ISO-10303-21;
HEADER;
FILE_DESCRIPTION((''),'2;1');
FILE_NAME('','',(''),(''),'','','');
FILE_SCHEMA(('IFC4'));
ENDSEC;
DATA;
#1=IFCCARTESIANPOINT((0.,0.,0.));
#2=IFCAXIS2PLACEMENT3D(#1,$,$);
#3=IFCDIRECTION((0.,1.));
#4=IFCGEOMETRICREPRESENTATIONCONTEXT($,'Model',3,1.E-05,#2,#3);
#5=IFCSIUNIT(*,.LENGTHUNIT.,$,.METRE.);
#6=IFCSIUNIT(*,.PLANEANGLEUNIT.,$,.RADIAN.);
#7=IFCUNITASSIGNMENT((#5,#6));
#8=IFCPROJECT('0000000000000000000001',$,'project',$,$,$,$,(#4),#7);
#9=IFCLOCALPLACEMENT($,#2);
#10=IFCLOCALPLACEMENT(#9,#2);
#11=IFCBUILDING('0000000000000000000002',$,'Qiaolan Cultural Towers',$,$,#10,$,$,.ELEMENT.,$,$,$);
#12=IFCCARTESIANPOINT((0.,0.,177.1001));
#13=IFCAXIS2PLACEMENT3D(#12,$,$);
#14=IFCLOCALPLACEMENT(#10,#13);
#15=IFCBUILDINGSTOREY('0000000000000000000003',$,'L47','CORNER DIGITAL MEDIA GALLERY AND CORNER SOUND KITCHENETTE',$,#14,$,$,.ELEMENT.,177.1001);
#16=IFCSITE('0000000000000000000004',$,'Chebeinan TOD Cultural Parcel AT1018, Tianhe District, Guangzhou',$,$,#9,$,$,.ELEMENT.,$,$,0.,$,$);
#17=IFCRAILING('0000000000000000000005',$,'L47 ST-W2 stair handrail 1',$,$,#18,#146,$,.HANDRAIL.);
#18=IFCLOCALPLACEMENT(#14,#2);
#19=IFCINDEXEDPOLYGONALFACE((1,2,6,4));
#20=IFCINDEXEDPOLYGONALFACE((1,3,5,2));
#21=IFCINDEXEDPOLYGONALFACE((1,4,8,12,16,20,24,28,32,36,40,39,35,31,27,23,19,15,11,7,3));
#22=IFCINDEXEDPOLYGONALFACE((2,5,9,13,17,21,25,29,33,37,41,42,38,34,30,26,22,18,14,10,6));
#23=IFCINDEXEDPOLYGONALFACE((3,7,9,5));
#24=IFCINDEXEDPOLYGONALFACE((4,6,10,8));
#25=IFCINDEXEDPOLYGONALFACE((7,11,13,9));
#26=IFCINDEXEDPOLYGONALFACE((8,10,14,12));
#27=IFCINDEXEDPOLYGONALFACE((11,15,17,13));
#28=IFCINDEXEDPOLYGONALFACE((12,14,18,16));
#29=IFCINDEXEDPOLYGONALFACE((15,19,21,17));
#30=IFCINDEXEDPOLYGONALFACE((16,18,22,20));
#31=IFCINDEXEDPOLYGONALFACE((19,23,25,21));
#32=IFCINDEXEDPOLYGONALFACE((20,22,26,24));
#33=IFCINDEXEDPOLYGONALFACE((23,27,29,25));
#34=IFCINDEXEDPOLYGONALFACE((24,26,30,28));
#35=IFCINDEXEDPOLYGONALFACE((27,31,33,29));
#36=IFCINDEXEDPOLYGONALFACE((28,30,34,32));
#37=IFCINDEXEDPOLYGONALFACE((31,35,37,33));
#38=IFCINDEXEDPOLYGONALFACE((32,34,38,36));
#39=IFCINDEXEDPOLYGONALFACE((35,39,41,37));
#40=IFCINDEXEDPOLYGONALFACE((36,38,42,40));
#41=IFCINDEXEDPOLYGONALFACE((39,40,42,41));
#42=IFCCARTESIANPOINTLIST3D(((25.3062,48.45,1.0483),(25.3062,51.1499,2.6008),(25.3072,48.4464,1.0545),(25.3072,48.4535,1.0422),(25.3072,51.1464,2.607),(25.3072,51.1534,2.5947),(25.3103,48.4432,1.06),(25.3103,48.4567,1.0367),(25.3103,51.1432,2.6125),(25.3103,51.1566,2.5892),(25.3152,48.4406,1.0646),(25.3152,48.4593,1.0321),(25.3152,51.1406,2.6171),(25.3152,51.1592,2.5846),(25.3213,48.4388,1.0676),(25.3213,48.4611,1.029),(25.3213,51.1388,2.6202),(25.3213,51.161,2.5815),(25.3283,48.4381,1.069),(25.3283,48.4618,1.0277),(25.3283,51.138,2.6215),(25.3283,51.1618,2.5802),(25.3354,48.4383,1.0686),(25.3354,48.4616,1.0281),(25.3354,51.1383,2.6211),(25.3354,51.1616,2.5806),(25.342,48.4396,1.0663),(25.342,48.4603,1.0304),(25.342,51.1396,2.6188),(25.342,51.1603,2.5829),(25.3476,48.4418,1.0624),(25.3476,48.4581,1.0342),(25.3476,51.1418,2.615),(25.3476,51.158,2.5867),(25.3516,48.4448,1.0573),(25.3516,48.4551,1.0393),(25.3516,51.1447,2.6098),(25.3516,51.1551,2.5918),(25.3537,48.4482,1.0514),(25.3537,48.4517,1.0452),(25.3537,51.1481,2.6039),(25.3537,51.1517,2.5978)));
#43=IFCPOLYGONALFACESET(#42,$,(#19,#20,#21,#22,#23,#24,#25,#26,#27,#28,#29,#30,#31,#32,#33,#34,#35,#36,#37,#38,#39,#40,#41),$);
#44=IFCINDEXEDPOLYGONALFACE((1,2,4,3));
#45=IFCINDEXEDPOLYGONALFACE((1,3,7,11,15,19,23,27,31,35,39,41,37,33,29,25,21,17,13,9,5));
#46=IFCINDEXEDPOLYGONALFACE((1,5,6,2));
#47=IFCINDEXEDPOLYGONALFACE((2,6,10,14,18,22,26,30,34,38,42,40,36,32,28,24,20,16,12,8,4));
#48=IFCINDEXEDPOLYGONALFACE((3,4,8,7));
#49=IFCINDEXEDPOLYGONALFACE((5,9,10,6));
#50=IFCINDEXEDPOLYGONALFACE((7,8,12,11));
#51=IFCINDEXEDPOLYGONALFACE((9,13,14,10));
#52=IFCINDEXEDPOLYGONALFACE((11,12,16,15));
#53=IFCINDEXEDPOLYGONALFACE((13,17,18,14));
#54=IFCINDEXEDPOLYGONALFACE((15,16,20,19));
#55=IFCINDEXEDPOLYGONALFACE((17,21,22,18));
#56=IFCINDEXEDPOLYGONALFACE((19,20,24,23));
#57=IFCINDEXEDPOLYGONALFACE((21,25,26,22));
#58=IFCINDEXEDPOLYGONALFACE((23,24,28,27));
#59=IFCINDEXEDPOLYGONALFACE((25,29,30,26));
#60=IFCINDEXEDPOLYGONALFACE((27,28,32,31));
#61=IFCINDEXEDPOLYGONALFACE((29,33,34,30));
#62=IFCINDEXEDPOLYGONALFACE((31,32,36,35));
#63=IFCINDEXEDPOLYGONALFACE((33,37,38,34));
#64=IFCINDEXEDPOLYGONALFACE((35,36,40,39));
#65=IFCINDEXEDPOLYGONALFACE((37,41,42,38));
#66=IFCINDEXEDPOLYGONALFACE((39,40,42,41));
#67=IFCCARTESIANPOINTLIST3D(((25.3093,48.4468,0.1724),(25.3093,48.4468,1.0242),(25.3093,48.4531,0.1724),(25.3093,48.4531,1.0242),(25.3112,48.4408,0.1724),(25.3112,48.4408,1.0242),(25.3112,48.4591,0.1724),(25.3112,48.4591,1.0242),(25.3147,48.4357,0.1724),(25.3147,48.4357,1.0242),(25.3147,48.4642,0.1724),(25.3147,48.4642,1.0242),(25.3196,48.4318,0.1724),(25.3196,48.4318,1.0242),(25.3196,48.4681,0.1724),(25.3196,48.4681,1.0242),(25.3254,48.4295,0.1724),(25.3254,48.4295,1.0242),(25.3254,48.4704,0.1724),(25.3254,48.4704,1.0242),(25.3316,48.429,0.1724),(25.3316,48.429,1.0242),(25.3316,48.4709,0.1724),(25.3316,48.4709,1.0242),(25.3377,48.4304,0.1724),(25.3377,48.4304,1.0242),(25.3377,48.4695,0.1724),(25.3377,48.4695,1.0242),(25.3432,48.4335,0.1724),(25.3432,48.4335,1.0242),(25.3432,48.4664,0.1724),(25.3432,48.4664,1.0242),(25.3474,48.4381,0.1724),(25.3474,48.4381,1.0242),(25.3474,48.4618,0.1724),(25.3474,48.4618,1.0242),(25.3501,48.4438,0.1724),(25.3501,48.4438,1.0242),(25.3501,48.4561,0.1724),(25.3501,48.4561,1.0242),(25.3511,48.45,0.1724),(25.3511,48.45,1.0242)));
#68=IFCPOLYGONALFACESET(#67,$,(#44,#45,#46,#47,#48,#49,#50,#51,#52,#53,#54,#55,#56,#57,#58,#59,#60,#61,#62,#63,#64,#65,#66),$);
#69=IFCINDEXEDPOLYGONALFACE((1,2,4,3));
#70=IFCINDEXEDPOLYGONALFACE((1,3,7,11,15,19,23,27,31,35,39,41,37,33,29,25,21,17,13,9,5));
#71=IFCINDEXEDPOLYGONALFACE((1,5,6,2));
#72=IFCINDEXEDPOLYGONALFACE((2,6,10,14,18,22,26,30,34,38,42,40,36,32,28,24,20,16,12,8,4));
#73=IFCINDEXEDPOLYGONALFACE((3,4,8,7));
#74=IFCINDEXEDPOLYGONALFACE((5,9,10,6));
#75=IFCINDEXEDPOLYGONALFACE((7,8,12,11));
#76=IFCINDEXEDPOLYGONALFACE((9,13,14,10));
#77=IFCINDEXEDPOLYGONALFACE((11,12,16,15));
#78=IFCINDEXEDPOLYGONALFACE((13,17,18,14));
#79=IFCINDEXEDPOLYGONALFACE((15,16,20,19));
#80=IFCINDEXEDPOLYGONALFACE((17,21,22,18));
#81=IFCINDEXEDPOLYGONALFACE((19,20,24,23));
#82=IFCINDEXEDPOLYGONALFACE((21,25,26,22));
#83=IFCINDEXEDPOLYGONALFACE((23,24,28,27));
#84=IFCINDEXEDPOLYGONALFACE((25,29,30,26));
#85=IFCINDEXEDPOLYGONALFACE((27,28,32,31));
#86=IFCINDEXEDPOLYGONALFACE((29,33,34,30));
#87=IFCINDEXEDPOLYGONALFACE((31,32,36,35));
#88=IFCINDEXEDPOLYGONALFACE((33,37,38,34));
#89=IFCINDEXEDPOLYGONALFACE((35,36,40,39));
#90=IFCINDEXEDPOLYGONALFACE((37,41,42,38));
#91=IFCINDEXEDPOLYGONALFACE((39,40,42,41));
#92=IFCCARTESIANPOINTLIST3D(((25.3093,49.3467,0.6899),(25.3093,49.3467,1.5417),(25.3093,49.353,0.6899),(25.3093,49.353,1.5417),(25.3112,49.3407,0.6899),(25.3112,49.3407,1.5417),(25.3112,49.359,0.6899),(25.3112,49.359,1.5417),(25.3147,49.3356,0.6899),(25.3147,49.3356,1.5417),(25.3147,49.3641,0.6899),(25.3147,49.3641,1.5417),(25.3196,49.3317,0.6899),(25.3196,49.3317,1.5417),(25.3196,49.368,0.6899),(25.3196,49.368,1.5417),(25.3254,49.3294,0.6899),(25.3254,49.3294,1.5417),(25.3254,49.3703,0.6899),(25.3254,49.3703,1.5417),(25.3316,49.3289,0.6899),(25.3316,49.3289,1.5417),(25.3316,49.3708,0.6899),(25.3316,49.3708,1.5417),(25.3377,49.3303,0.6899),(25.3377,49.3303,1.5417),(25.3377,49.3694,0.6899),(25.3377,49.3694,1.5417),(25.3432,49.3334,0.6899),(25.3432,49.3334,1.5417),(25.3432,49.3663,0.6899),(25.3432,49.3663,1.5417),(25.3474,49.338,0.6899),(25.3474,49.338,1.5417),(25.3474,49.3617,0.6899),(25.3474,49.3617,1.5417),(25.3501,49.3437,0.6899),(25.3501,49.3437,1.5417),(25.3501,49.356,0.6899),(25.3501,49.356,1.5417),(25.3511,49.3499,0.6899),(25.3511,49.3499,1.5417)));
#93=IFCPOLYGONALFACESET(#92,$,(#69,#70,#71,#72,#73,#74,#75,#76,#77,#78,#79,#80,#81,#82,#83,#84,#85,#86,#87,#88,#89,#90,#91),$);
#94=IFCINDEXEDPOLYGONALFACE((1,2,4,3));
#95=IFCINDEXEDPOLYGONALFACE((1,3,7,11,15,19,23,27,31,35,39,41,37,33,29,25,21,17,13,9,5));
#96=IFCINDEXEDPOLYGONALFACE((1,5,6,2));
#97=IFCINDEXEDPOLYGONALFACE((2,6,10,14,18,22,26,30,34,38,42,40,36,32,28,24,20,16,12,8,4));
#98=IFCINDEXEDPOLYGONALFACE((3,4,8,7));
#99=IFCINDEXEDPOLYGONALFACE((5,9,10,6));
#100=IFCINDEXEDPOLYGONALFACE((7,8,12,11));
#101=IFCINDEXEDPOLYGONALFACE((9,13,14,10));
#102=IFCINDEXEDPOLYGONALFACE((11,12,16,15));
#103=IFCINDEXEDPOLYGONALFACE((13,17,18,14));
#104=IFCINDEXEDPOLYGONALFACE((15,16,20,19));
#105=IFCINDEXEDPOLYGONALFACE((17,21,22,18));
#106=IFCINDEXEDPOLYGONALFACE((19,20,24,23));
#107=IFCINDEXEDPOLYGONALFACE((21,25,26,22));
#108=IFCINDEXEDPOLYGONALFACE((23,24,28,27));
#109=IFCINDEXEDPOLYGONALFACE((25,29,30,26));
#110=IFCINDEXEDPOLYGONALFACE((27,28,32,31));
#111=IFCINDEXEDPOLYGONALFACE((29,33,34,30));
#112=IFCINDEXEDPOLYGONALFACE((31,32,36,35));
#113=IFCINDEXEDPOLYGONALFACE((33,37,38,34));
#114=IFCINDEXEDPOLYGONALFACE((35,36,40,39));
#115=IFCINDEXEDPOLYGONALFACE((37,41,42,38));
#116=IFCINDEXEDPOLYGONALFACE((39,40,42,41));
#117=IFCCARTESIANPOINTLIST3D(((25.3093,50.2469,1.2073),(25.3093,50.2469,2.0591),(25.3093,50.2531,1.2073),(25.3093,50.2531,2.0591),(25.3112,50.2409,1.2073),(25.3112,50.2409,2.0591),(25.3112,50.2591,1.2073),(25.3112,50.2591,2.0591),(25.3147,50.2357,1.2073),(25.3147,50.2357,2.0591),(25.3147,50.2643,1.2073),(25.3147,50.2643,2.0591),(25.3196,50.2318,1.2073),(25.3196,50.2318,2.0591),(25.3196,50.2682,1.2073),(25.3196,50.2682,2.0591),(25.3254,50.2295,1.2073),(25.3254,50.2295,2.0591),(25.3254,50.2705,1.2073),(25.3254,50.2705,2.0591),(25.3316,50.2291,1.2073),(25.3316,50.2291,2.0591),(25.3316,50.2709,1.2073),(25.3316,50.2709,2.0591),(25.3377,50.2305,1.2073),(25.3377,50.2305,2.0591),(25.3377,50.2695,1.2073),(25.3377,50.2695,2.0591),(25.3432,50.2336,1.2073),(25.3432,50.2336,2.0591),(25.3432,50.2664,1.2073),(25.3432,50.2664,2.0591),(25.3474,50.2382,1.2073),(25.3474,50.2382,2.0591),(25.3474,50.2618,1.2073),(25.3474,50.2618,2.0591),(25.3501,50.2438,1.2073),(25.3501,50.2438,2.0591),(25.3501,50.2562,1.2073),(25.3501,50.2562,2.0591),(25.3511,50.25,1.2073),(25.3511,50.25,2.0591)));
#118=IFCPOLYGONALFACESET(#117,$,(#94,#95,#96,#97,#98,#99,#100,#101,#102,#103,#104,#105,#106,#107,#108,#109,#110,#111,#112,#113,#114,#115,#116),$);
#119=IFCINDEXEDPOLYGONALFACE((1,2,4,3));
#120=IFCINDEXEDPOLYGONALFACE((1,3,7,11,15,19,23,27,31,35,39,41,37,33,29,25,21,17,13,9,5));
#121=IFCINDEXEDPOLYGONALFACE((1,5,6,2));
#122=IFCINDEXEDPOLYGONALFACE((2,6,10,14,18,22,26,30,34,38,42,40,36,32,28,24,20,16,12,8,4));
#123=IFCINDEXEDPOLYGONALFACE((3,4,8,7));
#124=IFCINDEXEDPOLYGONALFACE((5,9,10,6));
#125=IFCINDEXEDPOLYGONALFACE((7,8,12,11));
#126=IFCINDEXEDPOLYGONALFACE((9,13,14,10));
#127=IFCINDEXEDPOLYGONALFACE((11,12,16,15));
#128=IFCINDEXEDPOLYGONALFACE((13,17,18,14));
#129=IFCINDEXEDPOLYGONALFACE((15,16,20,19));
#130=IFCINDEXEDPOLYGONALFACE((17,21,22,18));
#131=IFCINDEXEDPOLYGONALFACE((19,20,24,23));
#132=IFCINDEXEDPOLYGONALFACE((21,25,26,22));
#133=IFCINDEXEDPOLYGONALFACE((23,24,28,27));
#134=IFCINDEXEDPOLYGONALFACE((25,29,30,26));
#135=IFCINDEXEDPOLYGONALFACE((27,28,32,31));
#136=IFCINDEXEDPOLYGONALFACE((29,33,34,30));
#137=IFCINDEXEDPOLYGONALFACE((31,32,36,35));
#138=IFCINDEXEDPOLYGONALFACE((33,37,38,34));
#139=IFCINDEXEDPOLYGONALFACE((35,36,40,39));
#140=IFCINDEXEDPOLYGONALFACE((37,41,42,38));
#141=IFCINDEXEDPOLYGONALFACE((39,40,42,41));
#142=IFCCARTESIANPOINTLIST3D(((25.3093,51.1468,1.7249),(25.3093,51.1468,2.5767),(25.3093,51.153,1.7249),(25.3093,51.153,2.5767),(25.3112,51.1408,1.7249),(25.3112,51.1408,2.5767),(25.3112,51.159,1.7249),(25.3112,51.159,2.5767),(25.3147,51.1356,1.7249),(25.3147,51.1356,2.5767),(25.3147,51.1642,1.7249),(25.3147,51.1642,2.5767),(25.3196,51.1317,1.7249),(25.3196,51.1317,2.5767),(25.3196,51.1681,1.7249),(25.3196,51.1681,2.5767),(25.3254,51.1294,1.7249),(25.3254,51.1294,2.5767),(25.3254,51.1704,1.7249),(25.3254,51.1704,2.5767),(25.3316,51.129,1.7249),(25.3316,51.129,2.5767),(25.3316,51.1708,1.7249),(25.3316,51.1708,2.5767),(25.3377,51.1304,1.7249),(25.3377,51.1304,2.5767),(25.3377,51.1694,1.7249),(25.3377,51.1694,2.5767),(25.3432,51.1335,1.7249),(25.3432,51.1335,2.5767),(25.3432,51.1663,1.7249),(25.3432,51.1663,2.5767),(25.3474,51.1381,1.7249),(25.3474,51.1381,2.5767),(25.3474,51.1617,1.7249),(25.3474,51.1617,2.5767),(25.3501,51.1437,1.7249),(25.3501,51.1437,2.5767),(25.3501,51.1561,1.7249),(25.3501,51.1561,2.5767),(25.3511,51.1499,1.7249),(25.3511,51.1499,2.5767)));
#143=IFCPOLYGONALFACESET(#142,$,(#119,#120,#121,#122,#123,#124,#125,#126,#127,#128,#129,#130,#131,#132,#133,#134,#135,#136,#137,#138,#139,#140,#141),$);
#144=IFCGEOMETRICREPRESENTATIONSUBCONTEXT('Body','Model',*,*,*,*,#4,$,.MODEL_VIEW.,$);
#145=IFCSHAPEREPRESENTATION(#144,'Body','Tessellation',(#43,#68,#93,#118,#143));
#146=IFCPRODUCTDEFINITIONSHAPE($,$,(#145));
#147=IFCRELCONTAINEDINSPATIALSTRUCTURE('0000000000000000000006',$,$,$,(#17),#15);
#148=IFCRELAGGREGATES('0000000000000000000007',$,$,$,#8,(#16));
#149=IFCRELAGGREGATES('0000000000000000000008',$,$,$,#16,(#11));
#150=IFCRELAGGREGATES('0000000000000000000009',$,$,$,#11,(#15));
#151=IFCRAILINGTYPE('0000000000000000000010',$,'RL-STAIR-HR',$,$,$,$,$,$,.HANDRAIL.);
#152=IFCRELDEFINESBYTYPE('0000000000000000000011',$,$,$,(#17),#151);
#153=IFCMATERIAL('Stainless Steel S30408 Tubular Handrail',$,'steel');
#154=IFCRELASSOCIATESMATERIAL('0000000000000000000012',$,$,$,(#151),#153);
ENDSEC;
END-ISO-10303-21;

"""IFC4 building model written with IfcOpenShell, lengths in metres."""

from ifc_helpers import new_model, si_unit, direction, frame, origin, origin_2d, place, context, subcontext, project, spatial, circle, extrude, material, type_object, element, save


model = new_model("IFC4")

# Units and contexts
model_context = context("Model", 3, precision=1e-05, world=origin(), true_north=direction((0.0, 1.0)))
body_context = subcontext(model_context, "Body", "Model", "MODEL_VIEW")
ifc_project = project(units=[si_unit("LENGTHUNIT", "METRE"), si_unit("PLANEANGLEUNIT", "RADIAN")], contexts=[model_context])

# Site, building, storey
site_placement = place(None, origin())
site = spatial("IfcSite", under=ifc_project, at=site_placement, Name="Chebeinan TOD Cultural Parcel AT1018, Tianhe District, Guangzhou", CompositionType="ELEMENT", RefElevation=0.0)
building_placement = place(site_placement, origin())
building = spatial("IfcBuilding", under=site, at=building_placement, Name="Qiaolan Cultural Towers", CompositionType="ELEMENT")
storey_placement = place(building_placement, frame((0.0, 0.0, 177.1001)))
storey = spatial("IfcBuildingStorey", under=building, at=storey_placement, Name="L47", Description="CORNER DIGITAL MEDIA GALLERY AND CORNER SOUND KITCHENETTE", CompositionType="ELEMENT", Elevation=177.1001)

# Railing
ifc_material_1 = material(Name="Stainless Steel S30408 Tubular Handrail", Category="steel")
railing_type_1 = type_object("IfcRailingType", Name="RL-STAIR-HR", PredefinedType="HANDRAIL", material=ifc_material_1)
railing_1_placement = place(storey_placement, frame((25.3301, 48.45, 0.1724)))
element("IfcRailing", 1, at=railing_1_placement, inside=storey, type_object=railing_type_1, Name="L47 ST-W2 stair handrail 1", PredefinedType="HANDRAIL", context=body_context, shape_type="SweptSolid", body=[
    extrude(circle(Radius=0.0239, at=origin_2d()), frame((0.0, 0.0, 0.876), z_axis=(0.0, 0.866904, 0.498476), x_axis=(-1.0, 0.0, 0.0)), (0.0, 0.0, 1.0), 3.1145),
    extrude(circle(Radius=0.021, at=origin_2d()), origin(), (0.0, 0.0, 1.0), 0.8518),
    extrude(circle(Radius=0.021, at=origin_2d()), frame((0.0, 0.8999, 0.5176)), (0.0, 0.0, 1.0), 0.8518),
    extrude(circle(Radius=0.021, at=origin_2d()), frame((0.0, 1.8, 1.0349)), (0.0, 0.0, 1.0), 0.8518),
    extrude(circle(Radius=0.021, at=origin_2d()), frame((0.0, 2.7, 1.5525)), (0.0, 0.0, 1.0), 0.8518),
])

save(model, "model.ifc")
